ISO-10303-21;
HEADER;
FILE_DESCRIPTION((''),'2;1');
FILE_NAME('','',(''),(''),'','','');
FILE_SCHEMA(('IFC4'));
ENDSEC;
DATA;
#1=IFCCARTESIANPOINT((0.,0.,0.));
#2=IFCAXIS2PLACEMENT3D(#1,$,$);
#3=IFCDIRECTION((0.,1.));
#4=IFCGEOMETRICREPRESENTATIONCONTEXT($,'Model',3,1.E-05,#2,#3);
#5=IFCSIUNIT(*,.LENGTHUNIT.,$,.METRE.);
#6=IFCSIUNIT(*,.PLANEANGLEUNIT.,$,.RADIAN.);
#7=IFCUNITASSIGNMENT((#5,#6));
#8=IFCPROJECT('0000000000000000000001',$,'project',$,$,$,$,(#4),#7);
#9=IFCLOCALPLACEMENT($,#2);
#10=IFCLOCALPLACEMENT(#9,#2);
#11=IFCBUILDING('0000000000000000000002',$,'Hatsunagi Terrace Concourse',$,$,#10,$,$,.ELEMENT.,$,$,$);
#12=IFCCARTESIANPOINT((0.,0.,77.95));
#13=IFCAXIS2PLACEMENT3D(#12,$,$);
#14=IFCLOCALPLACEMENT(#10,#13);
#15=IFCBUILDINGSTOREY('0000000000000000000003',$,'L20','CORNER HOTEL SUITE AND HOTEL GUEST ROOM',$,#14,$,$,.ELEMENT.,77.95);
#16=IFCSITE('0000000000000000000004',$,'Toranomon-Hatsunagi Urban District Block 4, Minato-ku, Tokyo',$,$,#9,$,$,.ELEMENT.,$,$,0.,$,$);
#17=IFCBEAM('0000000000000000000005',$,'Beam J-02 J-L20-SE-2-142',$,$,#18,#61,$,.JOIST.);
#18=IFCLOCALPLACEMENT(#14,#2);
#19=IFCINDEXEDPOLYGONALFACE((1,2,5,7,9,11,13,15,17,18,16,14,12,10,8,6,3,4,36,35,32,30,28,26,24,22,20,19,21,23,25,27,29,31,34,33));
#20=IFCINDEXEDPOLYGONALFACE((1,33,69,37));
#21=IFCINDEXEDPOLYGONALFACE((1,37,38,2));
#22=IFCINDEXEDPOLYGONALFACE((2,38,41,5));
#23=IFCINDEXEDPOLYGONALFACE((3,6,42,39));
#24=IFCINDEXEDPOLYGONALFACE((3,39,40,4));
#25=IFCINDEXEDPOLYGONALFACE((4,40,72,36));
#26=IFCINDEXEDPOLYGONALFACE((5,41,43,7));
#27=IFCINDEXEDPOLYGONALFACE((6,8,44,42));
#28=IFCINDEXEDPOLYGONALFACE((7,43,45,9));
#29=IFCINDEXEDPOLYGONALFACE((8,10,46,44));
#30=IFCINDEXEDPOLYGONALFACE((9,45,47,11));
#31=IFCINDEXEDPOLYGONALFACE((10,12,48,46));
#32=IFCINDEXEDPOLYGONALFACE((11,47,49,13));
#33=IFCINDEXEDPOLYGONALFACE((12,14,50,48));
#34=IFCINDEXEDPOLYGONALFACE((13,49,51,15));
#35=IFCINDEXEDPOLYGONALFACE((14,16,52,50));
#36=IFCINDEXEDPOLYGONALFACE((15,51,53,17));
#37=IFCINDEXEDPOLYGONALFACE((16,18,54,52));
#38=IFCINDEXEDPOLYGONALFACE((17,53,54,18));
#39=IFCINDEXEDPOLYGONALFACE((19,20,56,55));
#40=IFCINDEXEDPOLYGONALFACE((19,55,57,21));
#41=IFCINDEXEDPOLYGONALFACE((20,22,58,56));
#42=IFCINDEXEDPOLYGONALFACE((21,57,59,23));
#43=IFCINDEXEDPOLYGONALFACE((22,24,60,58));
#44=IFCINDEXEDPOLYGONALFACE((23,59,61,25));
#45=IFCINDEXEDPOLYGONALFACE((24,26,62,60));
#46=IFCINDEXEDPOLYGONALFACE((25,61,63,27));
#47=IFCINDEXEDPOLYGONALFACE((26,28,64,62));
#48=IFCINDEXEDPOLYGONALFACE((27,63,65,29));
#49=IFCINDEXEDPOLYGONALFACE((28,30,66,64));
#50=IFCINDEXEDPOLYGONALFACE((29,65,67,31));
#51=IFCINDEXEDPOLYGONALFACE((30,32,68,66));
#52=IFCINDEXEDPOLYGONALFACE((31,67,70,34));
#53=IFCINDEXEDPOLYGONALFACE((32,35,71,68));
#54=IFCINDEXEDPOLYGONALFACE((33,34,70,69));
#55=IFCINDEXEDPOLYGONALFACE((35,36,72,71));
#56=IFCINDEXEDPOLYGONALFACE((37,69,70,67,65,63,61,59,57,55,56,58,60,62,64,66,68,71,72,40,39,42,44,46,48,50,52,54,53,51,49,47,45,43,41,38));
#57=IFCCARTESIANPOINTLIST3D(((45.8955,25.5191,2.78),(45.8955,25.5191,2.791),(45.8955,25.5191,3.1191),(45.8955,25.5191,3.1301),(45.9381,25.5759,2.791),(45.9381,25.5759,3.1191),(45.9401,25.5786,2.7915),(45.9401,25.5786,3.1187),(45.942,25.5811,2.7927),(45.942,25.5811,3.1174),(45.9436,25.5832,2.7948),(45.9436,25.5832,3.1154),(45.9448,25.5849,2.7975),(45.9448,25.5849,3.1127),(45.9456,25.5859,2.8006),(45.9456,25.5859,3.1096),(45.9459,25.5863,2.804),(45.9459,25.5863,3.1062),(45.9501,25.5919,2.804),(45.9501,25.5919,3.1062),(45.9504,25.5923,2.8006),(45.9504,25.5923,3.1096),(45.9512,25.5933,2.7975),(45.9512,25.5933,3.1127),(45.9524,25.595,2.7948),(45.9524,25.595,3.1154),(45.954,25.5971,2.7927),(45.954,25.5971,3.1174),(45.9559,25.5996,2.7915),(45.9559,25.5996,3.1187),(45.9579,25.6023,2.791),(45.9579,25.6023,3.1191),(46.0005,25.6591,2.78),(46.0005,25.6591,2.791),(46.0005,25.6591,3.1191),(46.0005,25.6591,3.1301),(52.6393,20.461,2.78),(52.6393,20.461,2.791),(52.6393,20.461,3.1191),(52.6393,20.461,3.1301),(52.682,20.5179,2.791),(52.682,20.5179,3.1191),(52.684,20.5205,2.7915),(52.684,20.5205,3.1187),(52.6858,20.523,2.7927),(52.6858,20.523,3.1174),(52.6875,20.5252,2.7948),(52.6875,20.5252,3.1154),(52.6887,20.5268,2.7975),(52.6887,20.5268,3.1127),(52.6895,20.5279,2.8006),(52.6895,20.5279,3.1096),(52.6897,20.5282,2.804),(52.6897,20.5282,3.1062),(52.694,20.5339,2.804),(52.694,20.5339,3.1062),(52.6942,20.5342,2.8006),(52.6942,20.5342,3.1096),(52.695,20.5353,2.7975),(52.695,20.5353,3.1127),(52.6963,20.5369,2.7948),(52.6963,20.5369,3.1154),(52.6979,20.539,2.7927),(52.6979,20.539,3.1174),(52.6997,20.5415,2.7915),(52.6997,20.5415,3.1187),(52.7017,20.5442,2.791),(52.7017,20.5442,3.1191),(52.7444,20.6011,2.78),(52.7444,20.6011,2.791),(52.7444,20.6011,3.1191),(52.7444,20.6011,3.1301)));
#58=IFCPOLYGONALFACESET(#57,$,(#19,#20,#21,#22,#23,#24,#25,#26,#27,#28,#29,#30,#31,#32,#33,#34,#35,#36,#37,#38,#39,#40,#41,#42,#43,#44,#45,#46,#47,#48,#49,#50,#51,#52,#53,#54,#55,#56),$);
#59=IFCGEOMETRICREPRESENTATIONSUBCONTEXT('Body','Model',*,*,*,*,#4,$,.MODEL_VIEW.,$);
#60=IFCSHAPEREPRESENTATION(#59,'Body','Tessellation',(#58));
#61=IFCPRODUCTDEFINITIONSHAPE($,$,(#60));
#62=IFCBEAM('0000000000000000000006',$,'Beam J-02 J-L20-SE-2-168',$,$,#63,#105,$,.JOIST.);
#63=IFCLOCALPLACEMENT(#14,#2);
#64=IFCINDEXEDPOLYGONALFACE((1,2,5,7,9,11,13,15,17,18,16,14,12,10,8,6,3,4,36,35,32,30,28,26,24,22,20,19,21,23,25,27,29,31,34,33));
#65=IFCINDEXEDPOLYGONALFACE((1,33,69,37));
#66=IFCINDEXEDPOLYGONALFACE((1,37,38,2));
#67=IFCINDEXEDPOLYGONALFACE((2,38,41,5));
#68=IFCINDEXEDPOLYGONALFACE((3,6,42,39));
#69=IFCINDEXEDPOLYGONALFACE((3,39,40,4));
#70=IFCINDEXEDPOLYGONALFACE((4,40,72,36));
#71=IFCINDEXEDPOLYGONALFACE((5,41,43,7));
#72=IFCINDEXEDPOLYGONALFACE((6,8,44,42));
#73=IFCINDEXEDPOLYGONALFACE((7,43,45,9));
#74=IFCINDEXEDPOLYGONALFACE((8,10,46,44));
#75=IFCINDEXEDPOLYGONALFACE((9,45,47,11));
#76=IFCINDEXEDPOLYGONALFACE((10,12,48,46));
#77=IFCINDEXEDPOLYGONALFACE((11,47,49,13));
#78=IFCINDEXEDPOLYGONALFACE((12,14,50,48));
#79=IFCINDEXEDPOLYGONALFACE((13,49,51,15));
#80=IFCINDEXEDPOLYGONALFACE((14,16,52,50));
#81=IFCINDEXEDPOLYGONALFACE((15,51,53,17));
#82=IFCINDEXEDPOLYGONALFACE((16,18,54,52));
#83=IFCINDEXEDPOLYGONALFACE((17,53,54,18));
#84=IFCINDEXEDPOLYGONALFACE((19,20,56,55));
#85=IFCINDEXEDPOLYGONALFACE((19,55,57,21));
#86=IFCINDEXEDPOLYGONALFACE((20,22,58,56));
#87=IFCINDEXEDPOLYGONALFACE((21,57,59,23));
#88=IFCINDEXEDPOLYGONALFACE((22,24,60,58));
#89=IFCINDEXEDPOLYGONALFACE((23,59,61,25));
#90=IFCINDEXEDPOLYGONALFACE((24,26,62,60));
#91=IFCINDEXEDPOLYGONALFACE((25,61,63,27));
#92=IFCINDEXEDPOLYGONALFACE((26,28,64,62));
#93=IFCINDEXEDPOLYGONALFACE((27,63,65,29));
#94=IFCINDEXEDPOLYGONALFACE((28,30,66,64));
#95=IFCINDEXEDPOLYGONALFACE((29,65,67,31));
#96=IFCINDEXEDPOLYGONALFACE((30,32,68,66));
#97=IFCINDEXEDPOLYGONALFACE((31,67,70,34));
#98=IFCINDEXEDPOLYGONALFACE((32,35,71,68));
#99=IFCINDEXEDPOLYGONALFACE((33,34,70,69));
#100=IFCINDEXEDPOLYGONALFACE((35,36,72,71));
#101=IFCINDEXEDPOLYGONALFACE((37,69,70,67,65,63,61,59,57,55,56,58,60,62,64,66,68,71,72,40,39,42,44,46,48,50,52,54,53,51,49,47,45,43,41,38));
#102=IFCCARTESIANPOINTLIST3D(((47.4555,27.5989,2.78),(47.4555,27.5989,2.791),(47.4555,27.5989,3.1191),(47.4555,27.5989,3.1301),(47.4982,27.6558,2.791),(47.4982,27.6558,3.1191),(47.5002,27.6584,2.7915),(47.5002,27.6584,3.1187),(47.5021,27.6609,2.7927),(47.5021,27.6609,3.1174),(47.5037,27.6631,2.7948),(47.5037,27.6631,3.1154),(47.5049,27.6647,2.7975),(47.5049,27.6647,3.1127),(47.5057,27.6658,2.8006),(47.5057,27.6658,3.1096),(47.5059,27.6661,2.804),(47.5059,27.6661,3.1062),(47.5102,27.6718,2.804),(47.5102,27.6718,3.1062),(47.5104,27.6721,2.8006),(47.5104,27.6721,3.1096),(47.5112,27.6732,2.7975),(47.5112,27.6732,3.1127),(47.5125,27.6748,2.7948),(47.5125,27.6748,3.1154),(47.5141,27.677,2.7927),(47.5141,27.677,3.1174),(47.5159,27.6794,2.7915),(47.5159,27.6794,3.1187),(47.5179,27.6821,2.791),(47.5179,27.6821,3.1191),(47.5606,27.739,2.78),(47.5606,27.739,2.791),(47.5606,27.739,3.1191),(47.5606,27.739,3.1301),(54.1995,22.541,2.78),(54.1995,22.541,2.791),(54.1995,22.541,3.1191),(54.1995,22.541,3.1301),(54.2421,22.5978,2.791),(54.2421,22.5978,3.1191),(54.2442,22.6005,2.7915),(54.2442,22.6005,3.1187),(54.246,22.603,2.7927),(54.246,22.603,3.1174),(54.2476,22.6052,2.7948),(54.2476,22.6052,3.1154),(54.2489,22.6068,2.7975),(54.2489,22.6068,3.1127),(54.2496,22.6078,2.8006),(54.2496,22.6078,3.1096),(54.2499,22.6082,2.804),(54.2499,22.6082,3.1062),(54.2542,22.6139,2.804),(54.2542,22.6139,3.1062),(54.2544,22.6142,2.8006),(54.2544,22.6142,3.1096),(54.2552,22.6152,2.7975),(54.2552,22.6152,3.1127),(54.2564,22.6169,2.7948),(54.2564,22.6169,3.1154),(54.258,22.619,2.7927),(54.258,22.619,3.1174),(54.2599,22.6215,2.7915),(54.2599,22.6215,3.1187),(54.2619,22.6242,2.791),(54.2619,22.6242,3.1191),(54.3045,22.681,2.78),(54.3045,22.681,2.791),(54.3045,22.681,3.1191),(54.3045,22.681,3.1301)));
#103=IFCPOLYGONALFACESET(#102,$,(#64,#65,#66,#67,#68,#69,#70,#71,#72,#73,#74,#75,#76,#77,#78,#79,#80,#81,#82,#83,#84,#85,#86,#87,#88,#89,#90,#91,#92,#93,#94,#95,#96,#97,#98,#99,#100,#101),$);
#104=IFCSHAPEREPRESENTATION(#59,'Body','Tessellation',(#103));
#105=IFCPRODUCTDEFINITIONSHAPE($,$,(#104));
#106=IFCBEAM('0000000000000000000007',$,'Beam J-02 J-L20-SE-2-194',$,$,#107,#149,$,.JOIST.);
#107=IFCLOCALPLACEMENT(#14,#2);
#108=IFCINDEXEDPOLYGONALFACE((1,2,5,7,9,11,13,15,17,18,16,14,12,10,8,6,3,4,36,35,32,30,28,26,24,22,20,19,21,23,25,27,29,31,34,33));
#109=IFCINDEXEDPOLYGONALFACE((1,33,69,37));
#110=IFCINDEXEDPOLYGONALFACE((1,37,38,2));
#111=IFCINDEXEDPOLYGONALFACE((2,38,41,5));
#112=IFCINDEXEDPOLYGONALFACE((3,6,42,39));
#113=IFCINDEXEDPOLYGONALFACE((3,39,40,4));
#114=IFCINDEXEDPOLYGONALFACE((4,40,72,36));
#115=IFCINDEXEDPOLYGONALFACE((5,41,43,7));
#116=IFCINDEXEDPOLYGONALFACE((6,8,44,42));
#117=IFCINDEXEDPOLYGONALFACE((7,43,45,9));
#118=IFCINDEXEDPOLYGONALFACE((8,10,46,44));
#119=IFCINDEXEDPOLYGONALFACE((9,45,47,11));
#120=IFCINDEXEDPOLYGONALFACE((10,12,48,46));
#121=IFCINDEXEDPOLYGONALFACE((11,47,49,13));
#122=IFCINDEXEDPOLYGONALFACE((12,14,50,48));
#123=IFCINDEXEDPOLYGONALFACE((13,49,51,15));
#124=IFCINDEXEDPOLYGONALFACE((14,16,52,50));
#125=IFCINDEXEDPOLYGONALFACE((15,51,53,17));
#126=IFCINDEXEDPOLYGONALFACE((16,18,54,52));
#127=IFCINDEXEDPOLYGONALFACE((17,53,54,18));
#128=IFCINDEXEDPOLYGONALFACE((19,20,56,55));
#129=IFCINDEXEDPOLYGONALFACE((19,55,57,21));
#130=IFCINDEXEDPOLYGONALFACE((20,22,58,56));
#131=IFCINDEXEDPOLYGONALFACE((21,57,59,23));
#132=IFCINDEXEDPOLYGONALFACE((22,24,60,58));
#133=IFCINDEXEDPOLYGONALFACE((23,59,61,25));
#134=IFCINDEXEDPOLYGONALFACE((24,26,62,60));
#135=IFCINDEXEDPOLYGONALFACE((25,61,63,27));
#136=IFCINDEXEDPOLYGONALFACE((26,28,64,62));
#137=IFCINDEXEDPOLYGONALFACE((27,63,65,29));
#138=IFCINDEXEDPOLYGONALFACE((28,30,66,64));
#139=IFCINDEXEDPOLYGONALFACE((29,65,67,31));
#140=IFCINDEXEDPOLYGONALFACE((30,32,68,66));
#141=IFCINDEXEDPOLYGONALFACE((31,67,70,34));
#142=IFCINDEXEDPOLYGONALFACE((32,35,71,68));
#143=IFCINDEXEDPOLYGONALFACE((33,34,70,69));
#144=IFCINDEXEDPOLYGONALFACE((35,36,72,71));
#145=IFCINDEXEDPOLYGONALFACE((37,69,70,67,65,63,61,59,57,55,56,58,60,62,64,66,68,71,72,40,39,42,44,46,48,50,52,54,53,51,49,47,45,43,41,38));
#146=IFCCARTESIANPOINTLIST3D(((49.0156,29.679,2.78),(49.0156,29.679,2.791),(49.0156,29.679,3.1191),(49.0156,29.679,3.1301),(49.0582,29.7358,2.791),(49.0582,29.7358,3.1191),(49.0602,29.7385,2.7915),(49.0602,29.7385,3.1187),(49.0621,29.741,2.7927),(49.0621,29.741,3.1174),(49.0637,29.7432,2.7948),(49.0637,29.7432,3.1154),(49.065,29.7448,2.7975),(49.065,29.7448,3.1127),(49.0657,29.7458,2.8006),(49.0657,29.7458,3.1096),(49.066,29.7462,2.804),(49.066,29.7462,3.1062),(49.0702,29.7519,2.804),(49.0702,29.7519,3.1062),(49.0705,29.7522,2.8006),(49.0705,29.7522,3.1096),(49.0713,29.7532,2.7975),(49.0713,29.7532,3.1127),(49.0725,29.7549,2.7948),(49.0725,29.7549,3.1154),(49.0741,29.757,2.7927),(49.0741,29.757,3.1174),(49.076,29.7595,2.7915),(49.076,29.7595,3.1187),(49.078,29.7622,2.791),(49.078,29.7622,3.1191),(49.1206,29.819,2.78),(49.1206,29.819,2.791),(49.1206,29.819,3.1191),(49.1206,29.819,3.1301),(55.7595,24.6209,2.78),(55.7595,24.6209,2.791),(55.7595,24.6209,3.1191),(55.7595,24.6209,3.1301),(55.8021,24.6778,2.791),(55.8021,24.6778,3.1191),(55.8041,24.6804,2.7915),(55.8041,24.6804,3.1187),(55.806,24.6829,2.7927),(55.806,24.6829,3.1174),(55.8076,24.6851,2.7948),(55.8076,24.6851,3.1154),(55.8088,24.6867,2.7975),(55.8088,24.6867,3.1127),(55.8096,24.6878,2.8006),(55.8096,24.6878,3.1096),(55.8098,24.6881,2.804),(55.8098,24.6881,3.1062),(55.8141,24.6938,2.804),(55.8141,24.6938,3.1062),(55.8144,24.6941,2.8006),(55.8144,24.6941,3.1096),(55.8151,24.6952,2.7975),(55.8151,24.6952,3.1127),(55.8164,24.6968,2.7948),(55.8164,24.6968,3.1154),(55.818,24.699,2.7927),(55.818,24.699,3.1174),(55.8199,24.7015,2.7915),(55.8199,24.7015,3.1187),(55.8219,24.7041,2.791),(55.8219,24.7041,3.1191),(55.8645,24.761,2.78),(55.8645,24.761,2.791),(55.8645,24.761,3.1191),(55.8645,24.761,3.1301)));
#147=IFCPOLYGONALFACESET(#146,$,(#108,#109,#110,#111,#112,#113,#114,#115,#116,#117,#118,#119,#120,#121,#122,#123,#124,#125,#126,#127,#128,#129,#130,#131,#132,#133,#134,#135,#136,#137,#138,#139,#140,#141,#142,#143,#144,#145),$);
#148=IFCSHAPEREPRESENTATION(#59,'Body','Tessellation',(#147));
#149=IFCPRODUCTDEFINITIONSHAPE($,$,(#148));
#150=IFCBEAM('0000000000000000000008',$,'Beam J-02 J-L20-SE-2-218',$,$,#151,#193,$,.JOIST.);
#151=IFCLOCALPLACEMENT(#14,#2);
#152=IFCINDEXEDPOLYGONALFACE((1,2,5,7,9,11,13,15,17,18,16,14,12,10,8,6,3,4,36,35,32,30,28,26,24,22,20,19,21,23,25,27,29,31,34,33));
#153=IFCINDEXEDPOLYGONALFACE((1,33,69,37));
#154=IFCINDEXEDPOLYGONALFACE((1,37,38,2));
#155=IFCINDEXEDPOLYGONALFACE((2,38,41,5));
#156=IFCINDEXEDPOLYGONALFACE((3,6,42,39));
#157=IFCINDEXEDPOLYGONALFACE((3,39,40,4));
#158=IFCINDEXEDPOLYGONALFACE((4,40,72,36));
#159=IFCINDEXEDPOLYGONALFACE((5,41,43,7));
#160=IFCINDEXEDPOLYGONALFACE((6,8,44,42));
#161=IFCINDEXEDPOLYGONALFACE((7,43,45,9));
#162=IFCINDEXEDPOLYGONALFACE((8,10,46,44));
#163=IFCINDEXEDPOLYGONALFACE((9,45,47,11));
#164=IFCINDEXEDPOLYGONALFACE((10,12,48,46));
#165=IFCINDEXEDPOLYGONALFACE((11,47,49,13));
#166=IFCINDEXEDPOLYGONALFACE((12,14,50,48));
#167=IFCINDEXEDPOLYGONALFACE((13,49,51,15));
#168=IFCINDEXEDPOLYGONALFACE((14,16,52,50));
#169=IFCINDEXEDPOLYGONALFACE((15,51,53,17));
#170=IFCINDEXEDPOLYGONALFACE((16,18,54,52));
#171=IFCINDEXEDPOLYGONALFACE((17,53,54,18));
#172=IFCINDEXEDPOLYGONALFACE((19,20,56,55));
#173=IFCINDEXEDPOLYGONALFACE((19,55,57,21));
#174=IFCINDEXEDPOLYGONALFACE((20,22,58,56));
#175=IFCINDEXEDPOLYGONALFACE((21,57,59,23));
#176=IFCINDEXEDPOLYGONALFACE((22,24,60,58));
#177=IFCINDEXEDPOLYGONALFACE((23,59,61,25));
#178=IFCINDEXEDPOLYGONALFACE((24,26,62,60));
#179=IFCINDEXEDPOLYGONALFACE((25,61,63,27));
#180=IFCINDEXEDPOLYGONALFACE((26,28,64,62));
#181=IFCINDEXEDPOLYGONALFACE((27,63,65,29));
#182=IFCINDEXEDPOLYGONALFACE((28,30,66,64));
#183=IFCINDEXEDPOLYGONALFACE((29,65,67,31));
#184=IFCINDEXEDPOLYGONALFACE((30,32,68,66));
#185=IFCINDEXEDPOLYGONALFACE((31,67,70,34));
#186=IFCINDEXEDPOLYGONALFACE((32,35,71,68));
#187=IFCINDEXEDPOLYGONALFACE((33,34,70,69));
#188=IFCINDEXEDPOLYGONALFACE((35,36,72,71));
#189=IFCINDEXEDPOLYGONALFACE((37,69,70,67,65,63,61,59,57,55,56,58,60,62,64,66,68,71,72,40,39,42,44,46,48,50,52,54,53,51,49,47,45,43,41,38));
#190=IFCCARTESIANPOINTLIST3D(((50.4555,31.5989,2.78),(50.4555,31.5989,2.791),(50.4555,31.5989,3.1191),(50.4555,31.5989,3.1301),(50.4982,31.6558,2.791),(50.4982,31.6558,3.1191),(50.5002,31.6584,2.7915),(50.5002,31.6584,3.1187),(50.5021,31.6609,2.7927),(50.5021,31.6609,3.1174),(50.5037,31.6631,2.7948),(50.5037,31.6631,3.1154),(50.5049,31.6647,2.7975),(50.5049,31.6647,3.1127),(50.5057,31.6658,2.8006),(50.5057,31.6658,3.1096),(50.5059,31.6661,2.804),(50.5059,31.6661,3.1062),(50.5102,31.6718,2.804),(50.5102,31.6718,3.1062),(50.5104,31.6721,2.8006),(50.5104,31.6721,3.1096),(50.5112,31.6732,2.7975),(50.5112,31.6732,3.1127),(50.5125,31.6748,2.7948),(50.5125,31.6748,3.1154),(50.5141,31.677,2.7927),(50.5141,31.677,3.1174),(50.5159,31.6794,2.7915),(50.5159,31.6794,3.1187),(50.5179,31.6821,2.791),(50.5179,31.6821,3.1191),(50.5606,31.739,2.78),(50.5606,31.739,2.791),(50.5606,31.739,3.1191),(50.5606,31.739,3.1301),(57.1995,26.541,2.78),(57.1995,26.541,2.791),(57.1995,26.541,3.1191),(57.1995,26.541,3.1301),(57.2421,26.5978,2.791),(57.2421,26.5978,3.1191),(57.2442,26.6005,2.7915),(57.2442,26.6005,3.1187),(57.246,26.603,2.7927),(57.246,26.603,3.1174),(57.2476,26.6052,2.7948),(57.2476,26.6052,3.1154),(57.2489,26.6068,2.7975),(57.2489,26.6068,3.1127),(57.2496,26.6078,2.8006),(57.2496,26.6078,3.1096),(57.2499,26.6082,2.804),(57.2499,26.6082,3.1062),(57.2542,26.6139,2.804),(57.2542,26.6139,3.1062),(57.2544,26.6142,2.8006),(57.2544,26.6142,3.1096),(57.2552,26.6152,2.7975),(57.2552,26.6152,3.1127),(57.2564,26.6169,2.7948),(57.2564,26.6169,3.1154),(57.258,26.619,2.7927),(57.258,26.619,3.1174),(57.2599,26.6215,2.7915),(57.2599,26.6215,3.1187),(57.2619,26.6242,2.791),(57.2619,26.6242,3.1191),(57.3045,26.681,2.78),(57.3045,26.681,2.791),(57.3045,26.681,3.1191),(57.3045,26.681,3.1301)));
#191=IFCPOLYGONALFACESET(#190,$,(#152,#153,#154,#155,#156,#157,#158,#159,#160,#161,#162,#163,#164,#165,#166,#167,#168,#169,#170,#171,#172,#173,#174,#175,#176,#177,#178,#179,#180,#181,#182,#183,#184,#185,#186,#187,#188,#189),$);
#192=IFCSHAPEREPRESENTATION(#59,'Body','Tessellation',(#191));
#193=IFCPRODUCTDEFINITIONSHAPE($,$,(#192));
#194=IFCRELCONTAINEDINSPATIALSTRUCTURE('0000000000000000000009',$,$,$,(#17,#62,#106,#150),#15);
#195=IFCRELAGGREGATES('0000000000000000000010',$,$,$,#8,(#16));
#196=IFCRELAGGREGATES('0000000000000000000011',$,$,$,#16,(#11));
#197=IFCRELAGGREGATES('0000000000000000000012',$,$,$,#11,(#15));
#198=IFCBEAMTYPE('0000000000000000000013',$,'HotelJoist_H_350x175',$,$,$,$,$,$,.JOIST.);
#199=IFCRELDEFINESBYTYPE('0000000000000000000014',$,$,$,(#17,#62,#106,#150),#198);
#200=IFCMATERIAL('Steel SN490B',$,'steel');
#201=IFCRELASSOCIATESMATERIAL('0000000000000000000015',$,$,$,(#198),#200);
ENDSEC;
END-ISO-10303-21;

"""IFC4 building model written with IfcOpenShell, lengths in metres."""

from ifc_helpers import new_model, si_unit, direction, frame, origin, origin_2d, place, context, subcontext, project, spatial, i_section, extrude, material, material_profile, profile_set, type_object, element, save


model = new_model("IFC4")

# Units and contexts
model_context = context("Model", 3, precision=1e-05, world=origin(), true_north=direction((0.0, 1.0)))
body_context = subcontext(model_context, "Body", "Model", "MODEL_VIEW")
ifc_project = project(units=[si_unit("LENGTHUNIT", "METRE"), si_unit("PLANEANGLEUNIT", "RADIAN")], contexts=[model_context])

# Site, building, storey
site_placement = place(None, origin())
site = spatial("IfcSite", under=ifc_project, at=site_placement, Name="Toranomon-Hatsunagi Urban District Block 4, Minato-ku, Tokyo", CompositionType="ELEMENT", RefElevation=0.0)
building_placement = place(site_placement, origin())
building = spatial("IfcBuilding", under=site, at=building_placement, Name="Hatsunagi Terrace Concourse", CompositionType="ELEMENT")
storey_placement = place(building_placement, frame((0.0, 0.0, 77.95)))
storey = spatial("IfcBuildingStorey", under=building, at=storey_placement, Name="L20", Description="CORNER HOTEL SUITE AND HOTEL GUEST ROOM", CompositionType="ELEMENT", Elevation=77.95)

# Beams
ifc_material_1 = material(Name="Steel SN490B", Category="steel")
ifc_material_profile_1 = material_profile(ifc_material_1, i_section(OverallWidth=0.175, OverallDepth=0.3501, WebThickness=0.0071, FlangeThickness=0.011, FilletRadius=0.0129, at=origin_2d()), Name="H-350x175x7x11")
ifc_profile_set_1 = profile_set([ifc_material_profile_1], Name="Steel SN490B")
beam_type_1 = type_object("IfcBeamType", Name="HotelJoist_H_350x175", PredefinedType="JOIST", material=ifc_profile_set_1)
for number, where, z_axis, x_axis, name in (
    (1, (45.948, 25.5891, 2.9551), (0.79999, -0.600014, 0.0), (0.600014, 0.79999, 0.0), "Beam J-02 J-L20-SE-2-142"),
    (2, (47.5081, 27.6689, 2.9551), (0.800003, -0.599995, 0.0), (0.599995, 0.800003, 0.0), "Beam J-02 J-L20-SE-2-168"),
    (3, (49.0681, 29.749, 2.9551), (0.79999, -0.600014, 0.0), (0.600014, 0.79999, 0.0), "Beam J-02 J-L20-SE-2-194"),
    (4, (50.5081, 31.6689, 2.9551), (0.800003, -0.599995, 0.0), (0.599995, 0.800003, 0.0), "Beam J-02 J-L20-SE-2-218"),
):
    element("IfcBeam", number, at=place(storey_placement, frame(where, z_axis=z_axis, x_axis=x_axis)), inside=storey, type_object=beam_type_1, Name=name, PredefinedType="JOIST", context=body_context, shape_type="SweptSolid", body=[
        extrude(i_section(OverallWidth=0.175, OverallDepth=0.3501, WebThickness=0.0071, FlangeThickness=0.011, FilletRadius=0.0129, at=origin_2d()), origin(), (0.0, 0.0, 1.0), 8.4299),
    ])

save(model, "model.ifc")
